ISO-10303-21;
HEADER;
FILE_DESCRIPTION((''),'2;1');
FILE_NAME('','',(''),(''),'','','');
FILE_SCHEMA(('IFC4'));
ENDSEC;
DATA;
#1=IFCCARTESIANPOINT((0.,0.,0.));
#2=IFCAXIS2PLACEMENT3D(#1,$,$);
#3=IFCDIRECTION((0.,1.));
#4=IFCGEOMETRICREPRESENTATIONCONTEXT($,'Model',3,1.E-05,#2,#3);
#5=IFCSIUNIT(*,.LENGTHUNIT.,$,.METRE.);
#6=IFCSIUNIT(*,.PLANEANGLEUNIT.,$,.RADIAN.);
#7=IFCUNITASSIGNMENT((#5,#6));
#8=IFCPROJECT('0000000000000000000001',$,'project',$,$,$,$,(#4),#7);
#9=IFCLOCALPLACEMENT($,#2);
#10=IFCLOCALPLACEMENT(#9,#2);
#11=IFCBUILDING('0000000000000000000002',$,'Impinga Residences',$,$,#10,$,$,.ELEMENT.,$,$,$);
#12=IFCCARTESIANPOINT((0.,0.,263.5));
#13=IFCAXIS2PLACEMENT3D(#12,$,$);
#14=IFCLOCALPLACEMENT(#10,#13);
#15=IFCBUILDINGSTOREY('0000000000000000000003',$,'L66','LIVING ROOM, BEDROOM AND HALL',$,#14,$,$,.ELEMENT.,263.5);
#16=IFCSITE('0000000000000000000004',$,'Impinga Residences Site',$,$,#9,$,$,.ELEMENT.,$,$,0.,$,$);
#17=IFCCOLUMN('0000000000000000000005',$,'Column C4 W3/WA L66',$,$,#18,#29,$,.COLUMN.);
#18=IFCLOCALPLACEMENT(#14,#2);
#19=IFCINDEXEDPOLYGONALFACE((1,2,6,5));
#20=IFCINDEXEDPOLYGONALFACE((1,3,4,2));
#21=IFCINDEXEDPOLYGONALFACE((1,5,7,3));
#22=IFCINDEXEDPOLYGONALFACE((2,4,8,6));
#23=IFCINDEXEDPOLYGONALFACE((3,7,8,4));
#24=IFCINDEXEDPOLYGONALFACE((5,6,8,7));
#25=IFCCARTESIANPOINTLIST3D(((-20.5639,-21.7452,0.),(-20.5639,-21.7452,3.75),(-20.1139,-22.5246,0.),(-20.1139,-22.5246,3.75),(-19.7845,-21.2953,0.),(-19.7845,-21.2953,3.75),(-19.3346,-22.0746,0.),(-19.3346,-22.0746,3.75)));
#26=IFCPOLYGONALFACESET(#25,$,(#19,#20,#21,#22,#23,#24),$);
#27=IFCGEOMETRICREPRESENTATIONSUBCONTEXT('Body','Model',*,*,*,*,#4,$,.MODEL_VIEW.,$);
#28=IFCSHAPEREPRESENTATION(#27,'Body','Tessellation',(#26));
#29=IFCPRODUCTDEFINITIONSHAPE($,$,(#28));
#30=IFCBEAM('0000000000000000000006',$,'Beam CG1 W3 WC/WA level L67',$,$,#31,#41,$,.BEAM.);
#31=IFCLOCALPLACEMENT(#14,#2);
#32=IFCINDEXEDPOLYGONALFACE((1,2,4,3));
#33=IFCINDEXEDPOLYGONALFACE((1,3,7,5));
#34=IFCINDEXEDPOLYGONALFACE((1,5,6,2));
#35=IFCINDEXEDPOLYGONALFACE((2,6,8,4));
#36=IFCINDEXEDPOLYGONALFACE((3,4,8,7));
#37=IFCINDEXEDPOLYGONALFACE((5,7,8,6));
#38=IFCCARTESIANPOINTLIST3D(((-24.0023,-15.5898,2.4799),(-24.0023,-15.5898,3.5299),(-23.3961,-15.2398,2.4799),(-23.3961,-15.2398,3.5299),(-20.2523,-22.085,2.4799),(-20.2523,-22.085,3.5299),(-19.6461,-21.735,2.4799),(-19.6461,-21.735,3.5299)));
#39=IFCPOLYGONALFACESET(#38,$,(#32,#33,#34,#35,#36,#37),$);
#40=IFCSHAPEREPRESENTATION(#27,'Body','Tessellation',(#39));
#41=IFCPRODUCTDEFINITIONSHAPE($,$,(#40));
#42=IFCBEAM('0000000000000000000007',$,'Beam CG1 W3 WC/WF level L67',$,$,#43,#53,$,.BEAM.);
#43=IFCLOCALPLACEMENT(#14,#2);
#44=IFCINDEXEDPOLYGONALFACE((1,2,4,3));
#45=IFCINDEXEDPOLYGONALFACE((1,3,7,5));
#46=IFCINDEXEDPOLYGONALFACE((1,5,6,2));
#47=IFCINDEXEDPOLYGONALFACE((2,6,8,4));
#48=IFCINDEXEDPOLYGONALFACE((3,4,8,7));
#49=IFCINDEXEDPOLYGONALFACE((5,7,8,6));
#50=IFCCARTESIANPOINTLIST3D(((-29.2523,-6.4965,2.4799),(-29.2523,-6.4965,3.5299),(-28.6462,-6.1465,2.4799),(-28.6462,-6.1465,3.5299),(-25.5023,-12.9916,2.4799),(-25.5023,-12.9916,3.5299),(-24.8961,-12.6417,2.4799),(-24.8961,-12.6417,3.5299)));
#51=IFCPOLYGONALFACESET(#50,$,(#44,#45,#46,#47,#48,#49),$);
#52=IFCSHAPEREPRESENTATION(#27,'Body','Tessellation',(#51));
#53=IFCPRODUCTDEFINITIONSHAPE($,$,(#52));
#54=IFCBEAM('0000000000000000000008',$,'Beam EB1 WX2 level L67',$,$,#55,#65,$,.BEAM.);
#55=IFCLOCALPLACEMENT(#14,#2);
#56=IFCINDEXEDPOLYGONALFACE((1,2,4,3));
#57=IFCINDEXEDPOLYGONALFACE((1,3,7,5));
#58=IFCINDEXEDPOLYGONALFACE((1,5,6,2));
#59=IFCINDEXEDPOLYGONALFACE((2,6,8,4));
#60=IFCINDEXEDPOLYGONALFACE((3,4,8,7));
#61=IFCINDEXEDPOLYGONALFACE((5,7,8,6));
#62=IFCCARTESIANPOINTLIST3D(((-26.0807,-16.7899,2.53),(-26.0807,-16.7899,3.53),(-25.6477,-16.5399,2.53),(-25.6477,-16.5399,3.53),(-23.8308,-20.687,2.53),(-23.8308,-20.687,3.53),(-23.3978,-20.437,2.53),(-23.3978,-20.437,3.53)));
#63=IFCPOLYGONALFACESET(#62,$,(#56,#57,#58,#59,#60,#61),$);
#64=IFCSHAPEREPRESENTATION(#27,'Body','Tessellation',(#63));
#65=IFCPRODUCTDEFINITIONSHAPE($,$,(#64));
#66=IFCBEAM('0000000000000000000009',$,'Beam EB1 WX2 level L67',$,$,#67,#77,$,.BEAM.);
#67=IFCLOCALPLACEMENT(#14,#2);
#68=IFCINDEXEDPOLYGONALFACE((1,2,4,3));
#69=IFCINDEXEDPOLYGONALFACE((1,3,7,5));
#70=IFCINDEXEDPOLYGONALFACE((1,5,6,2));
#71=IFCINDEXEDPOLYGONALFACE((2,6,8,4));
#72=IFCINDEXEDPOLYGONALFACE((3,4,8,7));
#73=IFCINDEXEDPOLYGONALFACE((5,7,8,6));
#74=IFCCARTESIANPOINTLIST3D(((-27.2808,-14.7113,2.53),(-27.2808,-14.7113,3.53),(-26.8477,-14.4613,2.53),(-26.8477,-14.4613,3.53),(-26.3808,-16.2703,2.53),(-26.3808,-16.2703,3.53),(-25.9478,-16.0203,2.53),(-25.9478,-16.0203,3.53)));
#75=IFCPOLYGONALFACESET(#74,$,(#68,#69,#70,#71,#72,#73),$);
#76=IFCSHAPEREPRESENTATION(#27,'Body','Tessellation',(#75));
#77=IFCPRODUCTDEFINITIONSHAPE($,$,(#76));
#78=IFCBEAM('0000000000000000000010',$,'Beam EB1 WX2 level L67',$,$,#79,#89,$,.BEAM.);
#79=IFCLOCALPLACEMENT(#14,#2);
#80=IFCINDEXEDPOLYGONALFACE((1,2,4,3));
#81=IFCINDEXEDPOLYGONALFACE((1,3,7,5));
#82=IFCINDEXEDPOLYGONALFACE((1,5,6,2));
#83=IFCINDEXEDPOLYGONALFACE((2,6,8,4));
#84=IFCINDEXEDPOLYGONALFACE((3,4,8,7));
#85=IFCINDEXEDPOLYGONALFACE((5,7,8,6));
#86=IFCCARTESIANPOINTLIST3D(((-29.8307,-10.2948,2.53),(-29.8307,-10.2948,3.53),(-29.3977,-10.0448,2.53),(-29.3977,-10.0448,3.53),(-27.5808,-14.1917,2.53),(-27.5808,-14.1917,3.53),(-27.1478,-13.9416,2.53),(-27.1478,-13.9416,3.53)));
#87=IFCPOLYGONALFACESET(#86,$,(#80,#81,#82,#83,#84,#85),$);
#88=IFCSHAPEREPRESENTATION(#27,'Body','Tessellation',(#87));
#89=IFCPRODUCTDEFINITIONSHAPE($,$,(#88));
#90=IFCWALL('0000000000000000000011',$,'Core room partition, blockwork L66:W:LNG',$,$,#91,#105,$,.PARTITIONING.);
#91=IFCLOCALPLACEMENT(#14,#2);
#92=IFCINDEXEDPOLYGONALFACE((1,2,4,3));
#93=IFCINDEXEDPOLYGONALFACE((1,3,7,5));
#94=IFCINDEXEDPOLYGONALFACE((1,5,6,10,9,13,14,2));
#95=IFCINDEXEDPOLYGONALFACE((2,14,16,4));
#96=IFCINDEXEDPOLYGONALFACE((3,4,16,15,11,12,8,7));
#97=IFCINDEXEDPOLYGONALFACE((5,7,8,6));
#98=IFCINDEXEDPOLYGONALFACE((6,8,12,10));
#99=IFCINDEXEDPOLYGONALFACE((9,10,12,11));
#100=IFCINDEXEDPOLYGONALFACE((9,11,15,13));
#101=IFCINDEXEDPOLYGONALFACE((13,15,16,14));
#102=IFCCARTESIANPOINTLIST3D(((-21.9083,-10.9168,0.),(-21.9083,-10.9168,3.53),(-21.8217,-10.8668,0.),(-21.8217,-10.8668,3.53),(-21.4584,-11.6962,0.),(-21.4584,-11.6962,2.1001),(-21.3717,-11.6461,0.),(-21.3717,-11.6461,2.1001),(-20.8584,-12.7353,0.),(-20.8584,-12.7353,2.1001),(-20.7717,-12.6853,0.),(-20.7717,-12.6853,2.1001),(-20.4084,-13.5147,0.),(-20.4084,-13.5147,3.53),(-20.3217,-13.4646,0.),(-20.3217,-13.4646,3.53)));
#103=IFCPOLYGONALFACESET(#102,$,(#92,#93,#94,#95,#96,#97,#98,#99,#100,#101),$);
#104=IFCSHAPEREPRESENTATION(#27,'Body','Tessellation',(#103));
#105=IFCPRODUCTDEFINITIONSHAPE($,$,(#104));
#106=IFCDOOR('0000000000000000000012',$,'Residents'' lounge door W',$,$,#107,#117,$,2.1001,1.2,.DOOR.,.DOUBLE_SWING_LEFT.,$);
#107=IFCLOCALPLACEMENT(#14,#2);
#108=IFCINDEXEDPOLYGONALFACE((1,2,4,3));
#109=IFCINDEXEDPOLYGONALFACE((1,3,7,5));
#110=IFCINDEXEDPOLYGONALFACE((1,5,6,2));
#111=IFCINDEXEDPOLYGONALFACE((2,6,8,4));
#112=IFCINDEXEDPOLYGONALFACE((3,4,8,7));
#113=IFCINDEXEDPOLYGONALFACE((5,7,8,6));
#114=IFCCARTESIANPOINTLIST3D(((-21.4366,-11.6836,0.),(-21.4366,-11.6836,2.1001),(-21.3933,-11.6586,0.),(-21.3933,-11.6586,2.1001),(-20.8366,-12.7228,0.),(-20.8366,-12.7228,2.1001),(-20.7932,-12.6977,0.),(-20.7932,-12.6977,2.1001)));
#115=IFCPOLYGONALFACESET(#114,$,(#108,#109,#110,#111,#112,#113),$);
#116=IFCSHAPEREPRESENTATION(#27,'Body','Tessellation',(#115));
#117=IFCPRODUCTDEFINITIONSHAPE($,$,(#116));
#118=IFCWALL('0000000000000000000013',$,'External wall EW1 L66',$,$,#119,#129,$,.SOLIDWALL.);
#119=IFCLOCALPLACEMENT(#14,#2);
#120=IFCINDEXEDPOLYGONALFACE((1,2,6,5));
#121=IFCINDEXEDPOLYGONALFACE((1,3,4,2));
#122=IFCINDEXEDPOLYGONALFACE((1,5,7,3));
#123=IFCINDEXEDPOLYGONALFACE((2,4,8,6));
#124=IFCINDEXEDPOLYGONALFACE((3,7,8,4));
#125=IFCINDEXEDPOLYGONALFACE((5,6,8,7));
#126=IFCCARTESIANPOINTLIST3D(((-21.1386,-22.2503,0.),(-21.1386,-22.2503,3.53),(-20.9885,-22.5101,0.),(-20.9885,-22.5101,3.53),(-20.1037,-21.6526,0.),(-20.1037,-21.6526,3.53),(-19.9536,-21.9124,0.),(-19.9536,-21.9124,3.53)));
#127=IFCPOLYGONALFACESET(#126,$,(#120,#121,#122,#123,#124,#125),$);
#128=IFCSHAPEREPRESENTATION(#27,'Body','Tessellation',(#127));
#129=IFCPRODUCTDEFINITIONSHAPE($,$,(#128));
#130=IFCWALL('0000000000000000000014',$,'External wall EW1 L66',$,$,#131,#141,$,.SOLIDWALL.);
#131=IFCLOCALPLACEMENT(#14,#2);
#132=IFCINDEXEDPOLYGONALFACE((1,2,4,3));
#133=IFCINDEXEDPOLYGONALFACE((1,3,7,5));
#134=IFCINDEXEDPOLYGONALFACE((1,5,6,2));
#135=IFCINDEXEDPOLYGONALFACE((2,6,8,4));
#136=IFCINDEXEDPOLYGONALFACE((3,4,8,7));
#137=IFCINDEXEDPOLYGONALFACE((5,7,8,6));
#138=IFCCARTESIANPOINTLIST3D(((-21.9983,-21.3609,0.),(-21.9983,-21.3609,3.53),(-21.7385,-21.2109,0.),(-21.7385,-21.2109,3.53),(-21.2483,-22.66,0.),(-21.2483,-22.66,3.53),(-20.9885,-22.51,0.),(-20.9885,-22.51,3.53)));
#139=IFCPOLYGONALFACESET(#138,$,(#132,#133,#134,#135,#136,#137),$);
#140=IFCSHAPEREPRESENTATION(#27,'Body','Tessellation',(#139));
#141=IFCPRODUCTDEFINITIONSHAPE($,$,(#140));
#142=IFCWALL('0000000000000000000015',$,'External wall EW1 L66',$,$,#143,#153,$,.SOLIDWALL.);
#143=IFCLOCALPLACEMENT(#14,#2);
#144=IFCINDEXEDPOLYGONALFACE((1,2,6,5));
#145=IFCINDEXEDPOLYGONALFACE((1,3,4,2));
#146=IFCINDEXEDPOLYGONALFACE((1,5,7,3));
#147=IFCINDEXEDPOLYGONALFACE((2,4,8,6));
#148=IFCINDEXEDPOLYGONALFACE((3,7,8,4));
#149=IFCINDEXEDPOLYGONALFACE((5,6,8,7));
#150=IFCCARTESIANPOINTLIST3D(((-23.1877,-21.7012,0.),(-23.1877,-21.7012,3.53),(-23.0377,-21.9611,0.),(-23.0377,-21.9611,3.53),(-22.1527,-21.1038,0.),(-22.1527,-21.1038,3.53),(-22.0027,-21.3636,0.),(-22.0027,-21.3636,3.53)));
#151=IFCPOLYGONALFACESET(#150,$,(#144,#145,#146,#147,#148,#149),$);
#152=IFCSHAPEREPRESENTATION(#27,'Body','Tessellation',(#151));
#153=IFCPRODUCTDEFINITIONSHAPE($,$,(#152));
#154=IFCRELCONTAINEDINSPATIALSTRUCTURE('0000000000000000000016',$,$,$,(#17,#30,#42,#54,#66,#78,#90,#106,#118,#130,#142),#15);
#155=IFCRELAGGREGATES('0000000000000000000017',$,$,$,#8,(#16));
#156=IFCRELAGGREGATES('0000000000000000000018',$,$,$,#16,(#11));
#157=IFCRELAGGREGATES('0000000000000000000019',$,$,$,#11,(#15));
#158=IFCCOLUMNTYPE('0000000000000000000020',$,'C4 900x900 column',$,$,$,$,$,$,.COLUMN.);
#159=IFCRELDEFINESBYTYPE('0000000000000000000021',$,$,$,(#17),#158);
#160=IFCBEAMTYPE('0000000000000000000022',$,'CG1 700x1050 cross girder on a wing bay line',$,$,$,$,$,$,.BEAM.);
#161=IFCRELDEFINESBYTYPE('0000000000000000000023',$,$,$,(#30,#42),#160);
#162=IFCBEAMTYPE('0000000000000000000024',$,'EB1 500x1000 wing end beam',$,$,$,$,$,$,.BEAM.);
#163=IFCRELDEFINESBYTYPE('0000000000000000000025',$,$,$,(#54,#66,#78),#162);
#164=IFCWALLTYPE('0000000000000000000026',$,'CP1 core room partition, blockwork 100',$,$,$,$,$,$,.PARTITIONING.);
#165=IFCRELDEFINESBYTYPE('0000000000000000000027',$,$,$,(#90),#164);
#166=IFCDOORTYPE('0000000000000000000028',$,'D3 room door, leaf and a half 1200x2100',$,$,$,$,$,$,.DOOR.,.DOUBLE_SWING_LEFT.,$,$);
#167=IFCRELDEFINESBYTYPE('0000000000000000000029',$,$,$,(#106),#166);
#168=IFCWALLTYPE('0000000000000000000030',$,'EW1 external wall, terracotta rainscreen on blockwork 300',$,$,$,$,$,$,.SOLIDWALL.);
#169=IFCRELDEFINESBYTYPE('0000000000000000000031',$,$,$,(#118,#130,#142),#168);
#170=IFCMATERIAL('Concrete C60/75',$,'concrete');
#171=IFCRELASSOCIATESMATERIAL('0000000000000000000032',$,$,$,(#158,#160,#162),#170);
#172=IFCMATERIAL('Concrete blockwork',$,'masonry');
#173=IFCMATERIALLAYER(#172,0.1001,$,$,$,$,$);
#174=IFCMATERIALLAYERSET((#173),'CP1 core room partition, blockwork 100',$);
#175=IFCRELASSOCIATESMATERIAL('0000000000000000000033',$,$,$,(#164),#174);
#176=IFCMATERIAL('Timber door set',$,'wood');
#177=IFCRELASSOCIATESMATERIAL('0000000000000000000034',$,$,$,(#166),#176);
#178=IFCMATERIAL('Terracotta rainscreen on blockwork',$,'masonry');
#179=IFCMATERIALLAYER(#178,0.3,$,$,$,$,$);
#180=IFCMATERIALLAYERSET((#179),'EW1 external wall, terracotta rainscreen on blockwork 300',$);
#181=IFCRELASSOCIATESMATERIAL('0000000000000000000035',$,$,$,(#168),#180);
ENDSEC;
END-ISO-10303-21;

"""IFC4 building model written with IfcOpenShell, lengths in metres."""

from ifc_helpers import new_model, si_unit, direction, frame, frame_2d, origin, origin_2d, place, context, subcontext, project, spatial, rectangle, extrude, material, layer, layer_set, material_profile, profile_set, type_object, element, fill, save


model = new_model("IFC4")

# Units and contexts
model_context = context("Model", 3, precision=1e-05, world=origin(), true_north=direction((0.0, 1.0)))
body_context = subcontext(model_context, "Body", "Model", "MODEL_VIEW")
ifc_project = project(units=[si_unit("LENGTHUNIT", "METRE"), si_unit("PLANEANGLEUNIT", "RADIAN")], contexts=[model_context])

# Site, building, storey
site_placement = place(None, origin())
site = spatial("IfcSite", under=ifc_project, at=site_placement, Name="Impinga Residences Site", CompositionType="ELEMENT", RefElevation=0.0)
building_placement = place(site_placement, origin())
building = spatial("IfcBuilding", under=site, at=building_placement, Name="Impinga Residences", CompositionType="ELEMENT")
storey_placement = place(building_placement, frame((0.0, 0.0, 263.5)))
storey = spatial("IfcBuildingStorey", under=building, at=storey_placement, Name="L66", Description="LIVING ROOM, BEDROOM AND HALL", CompositionType="ELEMENT", Elevation=263.5)

# Column
ifc_material_1 = material(Name="Concrete C60/75", Category="concrete")
ifc_material_profile_1 = material_profile(ifc_material_1, rectangle(XDim=0.8999, YDim=0.8999, at=origin_2d()), Name="RC 900x900")
ifc_profile_set_1 = profile_set([ifc_material_profile_1], Name="Concrete C60/75")
column_type = type_object("IfcColumnType", Name="C4 900x900 column", PredefinedType="COLUMN", material=ifc_profile_set_1)
column_placement = place(storey_placement, frame((-19.9492, -21.9099, 0.0), z_axis=(0.0, 0.0, 1.0), x_axis=(-0.5, 0.866025, 0.0)))
element("IfcColumn", 1, at=column_placement, inside=storey, type_object=column_type, Name="Column C4 W3/WA L66", PredefinedType="COLUMN", context=body_context, shape_type="SweptSolid", body=[
    extrude(rectangle(XDim=0.8999, YDim=0.8999, at=origin_2d()), origin(), (0.0, 0.0, 1.0), 3.75),
])

# Beams
ifc_material_profile_2 = material_profile(ifc_material_1, rectangle(XDim=0.7, YDim=1.05, at=origin_2d()), Name="RC 700x1050")
ifc_profile_set_2 = profile_set([ifc_material_profile_2], Name="Concrete C60/75")
beam_type_1 = type_object("IfcBeamType", Name="CG1 700x1050 cross girder on a wing bay line", PredefinedType="BEAM", material=ifc_profile_set_2)
for number, where, z_axis, x_axis, name in (
    (2, (-23.6992, -15.4148, 3.0049), (0.500004, -0.866023, 0.0), (0.866023, 0.500004, 0.0), "Beam CG1 W3 WC/WA level L67"),
    (3, (-25.1992, -12.8167, 3.0049), (-0.500004, 0.866023, 0.0), (-0.866023, -0.500004, 0.0), "Beam CG1 W3 WC/WF level L67"),
):
    element("IfcBeam", number, at=place(storey_placement, frame(where, z_axis=z_axis, x_axis=x_axis)), inside=storey, type_object=beam_type_1, Name=name, PredefinedType="BEAM", context=body_context, shape_type="SweptSolid", body=[
        extrude(rectangle(XDim=0.7, YDim=1.05, at=origin_2d()), origin(), (0.0, 0.0, 1.0), 7.5),
    ])
ifc_material_profile_3 = material_profile(ifc_material_1, rectangle(XDim=0.5, YDim=1.0, at=origin_2d()), Name="RC 500x1000")
ifc_profile_set_3 = profile_set([ifc_material_profile_3], Name="Concrete C60/75")
beam_type_2 = type_object("IfcBeamType", Name="EB1 500x1000 wing end beam", PredefinedType="BEAM", material=ifc_profile_set_3)
beam_1_placement = place(storey_placement, frame((-23.6143, -20.562, 3.03), z_axis=(-0.49999, 0.866031, 0.0), x_axis=(-0.866031, -0.49999, 0.0)))
element("IfcBeam", 4, at=beam_1_placement, inside=storey, type_object=beam_type_2, Name="Beam EB1 WX2 level L67", PredefinedType="BEAM", context=body_context, shape_type="SweptSolid", body=[
    extrude(rectangle(XDim=0.5, YDim=1.0, at=origin_2d()), origin(), (0.0, 0.0, 1.0), 4.5),
])
beam_2_placement = place(storey_placement, frame((-26.1643, -16.1453, 3.03), z_axis=(-0.499961, 0.866048, 0.0), x_axis=(-0.866048, -0.499961, 0.0)))
element("IfcBeam", 5, at=beam_2_placement, inside=storey, type_object=beam_type_2, Name="Beam EB1 WX2 level L67", PredefinedType="BEAM", context=body_context, shape_type="SweptSolid", body=[
    extrude(rectangle(XDim=0.5, YDim=1.0, at=origin_2d()), origin(), (0.0, 0.0, 1.0), 1.8),
])
beam_3_placement = place(storey_placement, frame((-27.3643, -14.0667, 3.03), z_axis=(-0.500014, 0.866018, 0.0), x_axis=(-0.866018, -0.500014, 0.0)))
element("IfcBeam", 6, at=beam_3_placement, inside=storey, type_object=beam_type_2, Name="Beam EB1 WX2 level L67", PredefinedType="BEAM", context=body_context, shape_type="SweptSolid", body=[
    extrude(rectangle(XDim=0.5, YDim=1.0, at=origin_2d()), origin(), (0.0, 0.0, 1.0), 4.4998),
])

# Wall, opening, door
ifc_material_2 = material(Name="Concrete blockwork", Category="masonry")
ifc_layer_1 = layer(ifc_material_2, 0.1001)
ifc_layer_set_1 = layer_set([ifc_layer_1], Name="CP1 core room partition, blockwork 100")
wall_type_1 = type_object("IfcWallType", Name="CP1 core room partition, blockwork 100", PredefinedType="PARTITIONING", material=ifc_layer_set_1)
wall_1_placement = place(storey_placement, frame((-20.365, -13.4897, 0.0), z_axis=(0.0, 0.0, 1.0), x_axis=(-0.500025, 0.866011, 0.0)))
wall_1 = element("IfcWall", 7, at=wall_1_placement, inside=storey, type_object=wall_type_1, Name="Core room partition, blockwork L66:W:LNG", PredefinedType="PARTITIONING", context=body_context, shape_type="SweptSolid", body=[
    extrude(rectangle(XDim=2.9998, YDim=0.1001, at=frame_2d((1.5, 0.0))), origin(), (0.0, 0.0, 1.0), 3.53),
])
opening_1_placement = place(wall_1_placement, frame((0.8999, 0.0, 0.0)))
opening_1 = element("IfcOpeningElement", 8, at=opening_1_placement, cuts=wall_1, PredefinedType="OPENING", context=body_context, shape_type="SweptSolid", body=[
    extrude(rectangle(XDim=1.2, YDim=2.1001, at=frame_2d((0.6001, 1.05))), frame((0.0, 0.0601, 0.0), z_axis=(0.0, -1.0, 0.0), x_axis=(1.0, 0.0, 0.0)), (0.0, 0.0, 1.0), 0.1201),
])
ifc_material_3 = material(Name="Timber door set", Category="wood")
door_type = type_object("IfcDoorType", Name="D3 room door, leaf and a half 1200x2100", OperationType="DOUBLE_SWING_LEFT", PredefinedType="DOOR", material=ifc_material_3)
door_placement = place(opening_1_placement, origin())
door = element("IfcDoor", 9, at=door_placement, inside=storey, type_object=door_type, Name="Residents' lounge door W", OperationType="DOUBLE_SWING_LEFT", OverallHeight=2.1001, OverallWidth=1.2, PredefinedType="DOOR", context=body_context, shape_type="SweptSolid", body=[
    extrude(rectangle(XDim=1.2, YDim=2.1001, at=frame_2d((0.6001, 1.05))), frame((0.0, 0.0249, 0.0), z_axis=(0.0, -1.0, 0.0), x_axis=(1.0, 0.0, 0.0)), (0.0, 0.0, 1.0), 0.05),
])
fill(opening_1, door)

# Walls
ifc_material_4 = material(Name="Terracotta rainscreen on blockwork", Category="masonry")
ifc_layer_2 = layer(ifc_material_4, 0.3)
ifc_layer_set_2 = layer_set([ifc_layer_2], Name="EW1 external wall, terracotta rainscreen on blockwork 300")
wall_type_2 = type_object("IfcWallType", Name="EW1 external wall, terracotta rainscreen on blockwork 300", PredefinedType="SOLIDWALL", material=ifc_layer_set_2)
wall_2_placement = place(storey_placement, frame((-20.0286, -21.7825, 0.0), z_axis=(0.0, 0.0, 1.0), x_axis=(-0.865971, -0.500094, 0.0)))
element("IfcWall", 10, at=wall_2_placement, inside=storey, type_object=wall_type_2, Name="External wall EW1 L66", PredefinedType="SOLIDWALL", context=body_context, shape_type="SweptSolid", body=[
    extrude(rectangle(XDim=1.1951, YDim=0.3, at=frame_2d((0.5977, 0.0))), origin(), (0.0, 0.0, 1.0), 3.53),
])
wall_3_placement = place(storey_placement, frame((-21.1184, -22.585, 0.0), z_axis=(0.0, 0.0, 1.0), x_axis=(-0.49999, 0.866031, 0.0)))
element("IfcWall", 11, at=wall_3_placement, inside=storey, type_object=wall_type_2, Name="External wall EW1 L66", PredefinedType="SOLIDWALL", context=body_context, shape_type="SweptSolid", body=[
    extrude(rectangle(XDim=1.5, YDim=0.3, at=frame_2d((0.75, 0.0))), origin(), (0.0, 0.0, 1.0), 3.53),
])
wall_4_placement = place(storey_placement, frame((-22.0776, -21.2336, 0.0), z_axis=(0.0, 0.0, 1.0), x_axis=(-0.86606, -0.499941, 0.0)))
element("IfcWall", 12, at=wall_4_placement, inside=storey, type_object=wall_type_2, Name="External wall EW1 L66", PredefinedType="SOLIDWALL", context=body_context, shape_type="SweptSolid", body=[
    extrude(rectangle(XDim=1.1951, YDim=0.3, at=frame_2d((0.5977, 0.0))), origin(), (0.0, 0.0, 1.0), 3.53),
])

save(model, "model.ifc")
